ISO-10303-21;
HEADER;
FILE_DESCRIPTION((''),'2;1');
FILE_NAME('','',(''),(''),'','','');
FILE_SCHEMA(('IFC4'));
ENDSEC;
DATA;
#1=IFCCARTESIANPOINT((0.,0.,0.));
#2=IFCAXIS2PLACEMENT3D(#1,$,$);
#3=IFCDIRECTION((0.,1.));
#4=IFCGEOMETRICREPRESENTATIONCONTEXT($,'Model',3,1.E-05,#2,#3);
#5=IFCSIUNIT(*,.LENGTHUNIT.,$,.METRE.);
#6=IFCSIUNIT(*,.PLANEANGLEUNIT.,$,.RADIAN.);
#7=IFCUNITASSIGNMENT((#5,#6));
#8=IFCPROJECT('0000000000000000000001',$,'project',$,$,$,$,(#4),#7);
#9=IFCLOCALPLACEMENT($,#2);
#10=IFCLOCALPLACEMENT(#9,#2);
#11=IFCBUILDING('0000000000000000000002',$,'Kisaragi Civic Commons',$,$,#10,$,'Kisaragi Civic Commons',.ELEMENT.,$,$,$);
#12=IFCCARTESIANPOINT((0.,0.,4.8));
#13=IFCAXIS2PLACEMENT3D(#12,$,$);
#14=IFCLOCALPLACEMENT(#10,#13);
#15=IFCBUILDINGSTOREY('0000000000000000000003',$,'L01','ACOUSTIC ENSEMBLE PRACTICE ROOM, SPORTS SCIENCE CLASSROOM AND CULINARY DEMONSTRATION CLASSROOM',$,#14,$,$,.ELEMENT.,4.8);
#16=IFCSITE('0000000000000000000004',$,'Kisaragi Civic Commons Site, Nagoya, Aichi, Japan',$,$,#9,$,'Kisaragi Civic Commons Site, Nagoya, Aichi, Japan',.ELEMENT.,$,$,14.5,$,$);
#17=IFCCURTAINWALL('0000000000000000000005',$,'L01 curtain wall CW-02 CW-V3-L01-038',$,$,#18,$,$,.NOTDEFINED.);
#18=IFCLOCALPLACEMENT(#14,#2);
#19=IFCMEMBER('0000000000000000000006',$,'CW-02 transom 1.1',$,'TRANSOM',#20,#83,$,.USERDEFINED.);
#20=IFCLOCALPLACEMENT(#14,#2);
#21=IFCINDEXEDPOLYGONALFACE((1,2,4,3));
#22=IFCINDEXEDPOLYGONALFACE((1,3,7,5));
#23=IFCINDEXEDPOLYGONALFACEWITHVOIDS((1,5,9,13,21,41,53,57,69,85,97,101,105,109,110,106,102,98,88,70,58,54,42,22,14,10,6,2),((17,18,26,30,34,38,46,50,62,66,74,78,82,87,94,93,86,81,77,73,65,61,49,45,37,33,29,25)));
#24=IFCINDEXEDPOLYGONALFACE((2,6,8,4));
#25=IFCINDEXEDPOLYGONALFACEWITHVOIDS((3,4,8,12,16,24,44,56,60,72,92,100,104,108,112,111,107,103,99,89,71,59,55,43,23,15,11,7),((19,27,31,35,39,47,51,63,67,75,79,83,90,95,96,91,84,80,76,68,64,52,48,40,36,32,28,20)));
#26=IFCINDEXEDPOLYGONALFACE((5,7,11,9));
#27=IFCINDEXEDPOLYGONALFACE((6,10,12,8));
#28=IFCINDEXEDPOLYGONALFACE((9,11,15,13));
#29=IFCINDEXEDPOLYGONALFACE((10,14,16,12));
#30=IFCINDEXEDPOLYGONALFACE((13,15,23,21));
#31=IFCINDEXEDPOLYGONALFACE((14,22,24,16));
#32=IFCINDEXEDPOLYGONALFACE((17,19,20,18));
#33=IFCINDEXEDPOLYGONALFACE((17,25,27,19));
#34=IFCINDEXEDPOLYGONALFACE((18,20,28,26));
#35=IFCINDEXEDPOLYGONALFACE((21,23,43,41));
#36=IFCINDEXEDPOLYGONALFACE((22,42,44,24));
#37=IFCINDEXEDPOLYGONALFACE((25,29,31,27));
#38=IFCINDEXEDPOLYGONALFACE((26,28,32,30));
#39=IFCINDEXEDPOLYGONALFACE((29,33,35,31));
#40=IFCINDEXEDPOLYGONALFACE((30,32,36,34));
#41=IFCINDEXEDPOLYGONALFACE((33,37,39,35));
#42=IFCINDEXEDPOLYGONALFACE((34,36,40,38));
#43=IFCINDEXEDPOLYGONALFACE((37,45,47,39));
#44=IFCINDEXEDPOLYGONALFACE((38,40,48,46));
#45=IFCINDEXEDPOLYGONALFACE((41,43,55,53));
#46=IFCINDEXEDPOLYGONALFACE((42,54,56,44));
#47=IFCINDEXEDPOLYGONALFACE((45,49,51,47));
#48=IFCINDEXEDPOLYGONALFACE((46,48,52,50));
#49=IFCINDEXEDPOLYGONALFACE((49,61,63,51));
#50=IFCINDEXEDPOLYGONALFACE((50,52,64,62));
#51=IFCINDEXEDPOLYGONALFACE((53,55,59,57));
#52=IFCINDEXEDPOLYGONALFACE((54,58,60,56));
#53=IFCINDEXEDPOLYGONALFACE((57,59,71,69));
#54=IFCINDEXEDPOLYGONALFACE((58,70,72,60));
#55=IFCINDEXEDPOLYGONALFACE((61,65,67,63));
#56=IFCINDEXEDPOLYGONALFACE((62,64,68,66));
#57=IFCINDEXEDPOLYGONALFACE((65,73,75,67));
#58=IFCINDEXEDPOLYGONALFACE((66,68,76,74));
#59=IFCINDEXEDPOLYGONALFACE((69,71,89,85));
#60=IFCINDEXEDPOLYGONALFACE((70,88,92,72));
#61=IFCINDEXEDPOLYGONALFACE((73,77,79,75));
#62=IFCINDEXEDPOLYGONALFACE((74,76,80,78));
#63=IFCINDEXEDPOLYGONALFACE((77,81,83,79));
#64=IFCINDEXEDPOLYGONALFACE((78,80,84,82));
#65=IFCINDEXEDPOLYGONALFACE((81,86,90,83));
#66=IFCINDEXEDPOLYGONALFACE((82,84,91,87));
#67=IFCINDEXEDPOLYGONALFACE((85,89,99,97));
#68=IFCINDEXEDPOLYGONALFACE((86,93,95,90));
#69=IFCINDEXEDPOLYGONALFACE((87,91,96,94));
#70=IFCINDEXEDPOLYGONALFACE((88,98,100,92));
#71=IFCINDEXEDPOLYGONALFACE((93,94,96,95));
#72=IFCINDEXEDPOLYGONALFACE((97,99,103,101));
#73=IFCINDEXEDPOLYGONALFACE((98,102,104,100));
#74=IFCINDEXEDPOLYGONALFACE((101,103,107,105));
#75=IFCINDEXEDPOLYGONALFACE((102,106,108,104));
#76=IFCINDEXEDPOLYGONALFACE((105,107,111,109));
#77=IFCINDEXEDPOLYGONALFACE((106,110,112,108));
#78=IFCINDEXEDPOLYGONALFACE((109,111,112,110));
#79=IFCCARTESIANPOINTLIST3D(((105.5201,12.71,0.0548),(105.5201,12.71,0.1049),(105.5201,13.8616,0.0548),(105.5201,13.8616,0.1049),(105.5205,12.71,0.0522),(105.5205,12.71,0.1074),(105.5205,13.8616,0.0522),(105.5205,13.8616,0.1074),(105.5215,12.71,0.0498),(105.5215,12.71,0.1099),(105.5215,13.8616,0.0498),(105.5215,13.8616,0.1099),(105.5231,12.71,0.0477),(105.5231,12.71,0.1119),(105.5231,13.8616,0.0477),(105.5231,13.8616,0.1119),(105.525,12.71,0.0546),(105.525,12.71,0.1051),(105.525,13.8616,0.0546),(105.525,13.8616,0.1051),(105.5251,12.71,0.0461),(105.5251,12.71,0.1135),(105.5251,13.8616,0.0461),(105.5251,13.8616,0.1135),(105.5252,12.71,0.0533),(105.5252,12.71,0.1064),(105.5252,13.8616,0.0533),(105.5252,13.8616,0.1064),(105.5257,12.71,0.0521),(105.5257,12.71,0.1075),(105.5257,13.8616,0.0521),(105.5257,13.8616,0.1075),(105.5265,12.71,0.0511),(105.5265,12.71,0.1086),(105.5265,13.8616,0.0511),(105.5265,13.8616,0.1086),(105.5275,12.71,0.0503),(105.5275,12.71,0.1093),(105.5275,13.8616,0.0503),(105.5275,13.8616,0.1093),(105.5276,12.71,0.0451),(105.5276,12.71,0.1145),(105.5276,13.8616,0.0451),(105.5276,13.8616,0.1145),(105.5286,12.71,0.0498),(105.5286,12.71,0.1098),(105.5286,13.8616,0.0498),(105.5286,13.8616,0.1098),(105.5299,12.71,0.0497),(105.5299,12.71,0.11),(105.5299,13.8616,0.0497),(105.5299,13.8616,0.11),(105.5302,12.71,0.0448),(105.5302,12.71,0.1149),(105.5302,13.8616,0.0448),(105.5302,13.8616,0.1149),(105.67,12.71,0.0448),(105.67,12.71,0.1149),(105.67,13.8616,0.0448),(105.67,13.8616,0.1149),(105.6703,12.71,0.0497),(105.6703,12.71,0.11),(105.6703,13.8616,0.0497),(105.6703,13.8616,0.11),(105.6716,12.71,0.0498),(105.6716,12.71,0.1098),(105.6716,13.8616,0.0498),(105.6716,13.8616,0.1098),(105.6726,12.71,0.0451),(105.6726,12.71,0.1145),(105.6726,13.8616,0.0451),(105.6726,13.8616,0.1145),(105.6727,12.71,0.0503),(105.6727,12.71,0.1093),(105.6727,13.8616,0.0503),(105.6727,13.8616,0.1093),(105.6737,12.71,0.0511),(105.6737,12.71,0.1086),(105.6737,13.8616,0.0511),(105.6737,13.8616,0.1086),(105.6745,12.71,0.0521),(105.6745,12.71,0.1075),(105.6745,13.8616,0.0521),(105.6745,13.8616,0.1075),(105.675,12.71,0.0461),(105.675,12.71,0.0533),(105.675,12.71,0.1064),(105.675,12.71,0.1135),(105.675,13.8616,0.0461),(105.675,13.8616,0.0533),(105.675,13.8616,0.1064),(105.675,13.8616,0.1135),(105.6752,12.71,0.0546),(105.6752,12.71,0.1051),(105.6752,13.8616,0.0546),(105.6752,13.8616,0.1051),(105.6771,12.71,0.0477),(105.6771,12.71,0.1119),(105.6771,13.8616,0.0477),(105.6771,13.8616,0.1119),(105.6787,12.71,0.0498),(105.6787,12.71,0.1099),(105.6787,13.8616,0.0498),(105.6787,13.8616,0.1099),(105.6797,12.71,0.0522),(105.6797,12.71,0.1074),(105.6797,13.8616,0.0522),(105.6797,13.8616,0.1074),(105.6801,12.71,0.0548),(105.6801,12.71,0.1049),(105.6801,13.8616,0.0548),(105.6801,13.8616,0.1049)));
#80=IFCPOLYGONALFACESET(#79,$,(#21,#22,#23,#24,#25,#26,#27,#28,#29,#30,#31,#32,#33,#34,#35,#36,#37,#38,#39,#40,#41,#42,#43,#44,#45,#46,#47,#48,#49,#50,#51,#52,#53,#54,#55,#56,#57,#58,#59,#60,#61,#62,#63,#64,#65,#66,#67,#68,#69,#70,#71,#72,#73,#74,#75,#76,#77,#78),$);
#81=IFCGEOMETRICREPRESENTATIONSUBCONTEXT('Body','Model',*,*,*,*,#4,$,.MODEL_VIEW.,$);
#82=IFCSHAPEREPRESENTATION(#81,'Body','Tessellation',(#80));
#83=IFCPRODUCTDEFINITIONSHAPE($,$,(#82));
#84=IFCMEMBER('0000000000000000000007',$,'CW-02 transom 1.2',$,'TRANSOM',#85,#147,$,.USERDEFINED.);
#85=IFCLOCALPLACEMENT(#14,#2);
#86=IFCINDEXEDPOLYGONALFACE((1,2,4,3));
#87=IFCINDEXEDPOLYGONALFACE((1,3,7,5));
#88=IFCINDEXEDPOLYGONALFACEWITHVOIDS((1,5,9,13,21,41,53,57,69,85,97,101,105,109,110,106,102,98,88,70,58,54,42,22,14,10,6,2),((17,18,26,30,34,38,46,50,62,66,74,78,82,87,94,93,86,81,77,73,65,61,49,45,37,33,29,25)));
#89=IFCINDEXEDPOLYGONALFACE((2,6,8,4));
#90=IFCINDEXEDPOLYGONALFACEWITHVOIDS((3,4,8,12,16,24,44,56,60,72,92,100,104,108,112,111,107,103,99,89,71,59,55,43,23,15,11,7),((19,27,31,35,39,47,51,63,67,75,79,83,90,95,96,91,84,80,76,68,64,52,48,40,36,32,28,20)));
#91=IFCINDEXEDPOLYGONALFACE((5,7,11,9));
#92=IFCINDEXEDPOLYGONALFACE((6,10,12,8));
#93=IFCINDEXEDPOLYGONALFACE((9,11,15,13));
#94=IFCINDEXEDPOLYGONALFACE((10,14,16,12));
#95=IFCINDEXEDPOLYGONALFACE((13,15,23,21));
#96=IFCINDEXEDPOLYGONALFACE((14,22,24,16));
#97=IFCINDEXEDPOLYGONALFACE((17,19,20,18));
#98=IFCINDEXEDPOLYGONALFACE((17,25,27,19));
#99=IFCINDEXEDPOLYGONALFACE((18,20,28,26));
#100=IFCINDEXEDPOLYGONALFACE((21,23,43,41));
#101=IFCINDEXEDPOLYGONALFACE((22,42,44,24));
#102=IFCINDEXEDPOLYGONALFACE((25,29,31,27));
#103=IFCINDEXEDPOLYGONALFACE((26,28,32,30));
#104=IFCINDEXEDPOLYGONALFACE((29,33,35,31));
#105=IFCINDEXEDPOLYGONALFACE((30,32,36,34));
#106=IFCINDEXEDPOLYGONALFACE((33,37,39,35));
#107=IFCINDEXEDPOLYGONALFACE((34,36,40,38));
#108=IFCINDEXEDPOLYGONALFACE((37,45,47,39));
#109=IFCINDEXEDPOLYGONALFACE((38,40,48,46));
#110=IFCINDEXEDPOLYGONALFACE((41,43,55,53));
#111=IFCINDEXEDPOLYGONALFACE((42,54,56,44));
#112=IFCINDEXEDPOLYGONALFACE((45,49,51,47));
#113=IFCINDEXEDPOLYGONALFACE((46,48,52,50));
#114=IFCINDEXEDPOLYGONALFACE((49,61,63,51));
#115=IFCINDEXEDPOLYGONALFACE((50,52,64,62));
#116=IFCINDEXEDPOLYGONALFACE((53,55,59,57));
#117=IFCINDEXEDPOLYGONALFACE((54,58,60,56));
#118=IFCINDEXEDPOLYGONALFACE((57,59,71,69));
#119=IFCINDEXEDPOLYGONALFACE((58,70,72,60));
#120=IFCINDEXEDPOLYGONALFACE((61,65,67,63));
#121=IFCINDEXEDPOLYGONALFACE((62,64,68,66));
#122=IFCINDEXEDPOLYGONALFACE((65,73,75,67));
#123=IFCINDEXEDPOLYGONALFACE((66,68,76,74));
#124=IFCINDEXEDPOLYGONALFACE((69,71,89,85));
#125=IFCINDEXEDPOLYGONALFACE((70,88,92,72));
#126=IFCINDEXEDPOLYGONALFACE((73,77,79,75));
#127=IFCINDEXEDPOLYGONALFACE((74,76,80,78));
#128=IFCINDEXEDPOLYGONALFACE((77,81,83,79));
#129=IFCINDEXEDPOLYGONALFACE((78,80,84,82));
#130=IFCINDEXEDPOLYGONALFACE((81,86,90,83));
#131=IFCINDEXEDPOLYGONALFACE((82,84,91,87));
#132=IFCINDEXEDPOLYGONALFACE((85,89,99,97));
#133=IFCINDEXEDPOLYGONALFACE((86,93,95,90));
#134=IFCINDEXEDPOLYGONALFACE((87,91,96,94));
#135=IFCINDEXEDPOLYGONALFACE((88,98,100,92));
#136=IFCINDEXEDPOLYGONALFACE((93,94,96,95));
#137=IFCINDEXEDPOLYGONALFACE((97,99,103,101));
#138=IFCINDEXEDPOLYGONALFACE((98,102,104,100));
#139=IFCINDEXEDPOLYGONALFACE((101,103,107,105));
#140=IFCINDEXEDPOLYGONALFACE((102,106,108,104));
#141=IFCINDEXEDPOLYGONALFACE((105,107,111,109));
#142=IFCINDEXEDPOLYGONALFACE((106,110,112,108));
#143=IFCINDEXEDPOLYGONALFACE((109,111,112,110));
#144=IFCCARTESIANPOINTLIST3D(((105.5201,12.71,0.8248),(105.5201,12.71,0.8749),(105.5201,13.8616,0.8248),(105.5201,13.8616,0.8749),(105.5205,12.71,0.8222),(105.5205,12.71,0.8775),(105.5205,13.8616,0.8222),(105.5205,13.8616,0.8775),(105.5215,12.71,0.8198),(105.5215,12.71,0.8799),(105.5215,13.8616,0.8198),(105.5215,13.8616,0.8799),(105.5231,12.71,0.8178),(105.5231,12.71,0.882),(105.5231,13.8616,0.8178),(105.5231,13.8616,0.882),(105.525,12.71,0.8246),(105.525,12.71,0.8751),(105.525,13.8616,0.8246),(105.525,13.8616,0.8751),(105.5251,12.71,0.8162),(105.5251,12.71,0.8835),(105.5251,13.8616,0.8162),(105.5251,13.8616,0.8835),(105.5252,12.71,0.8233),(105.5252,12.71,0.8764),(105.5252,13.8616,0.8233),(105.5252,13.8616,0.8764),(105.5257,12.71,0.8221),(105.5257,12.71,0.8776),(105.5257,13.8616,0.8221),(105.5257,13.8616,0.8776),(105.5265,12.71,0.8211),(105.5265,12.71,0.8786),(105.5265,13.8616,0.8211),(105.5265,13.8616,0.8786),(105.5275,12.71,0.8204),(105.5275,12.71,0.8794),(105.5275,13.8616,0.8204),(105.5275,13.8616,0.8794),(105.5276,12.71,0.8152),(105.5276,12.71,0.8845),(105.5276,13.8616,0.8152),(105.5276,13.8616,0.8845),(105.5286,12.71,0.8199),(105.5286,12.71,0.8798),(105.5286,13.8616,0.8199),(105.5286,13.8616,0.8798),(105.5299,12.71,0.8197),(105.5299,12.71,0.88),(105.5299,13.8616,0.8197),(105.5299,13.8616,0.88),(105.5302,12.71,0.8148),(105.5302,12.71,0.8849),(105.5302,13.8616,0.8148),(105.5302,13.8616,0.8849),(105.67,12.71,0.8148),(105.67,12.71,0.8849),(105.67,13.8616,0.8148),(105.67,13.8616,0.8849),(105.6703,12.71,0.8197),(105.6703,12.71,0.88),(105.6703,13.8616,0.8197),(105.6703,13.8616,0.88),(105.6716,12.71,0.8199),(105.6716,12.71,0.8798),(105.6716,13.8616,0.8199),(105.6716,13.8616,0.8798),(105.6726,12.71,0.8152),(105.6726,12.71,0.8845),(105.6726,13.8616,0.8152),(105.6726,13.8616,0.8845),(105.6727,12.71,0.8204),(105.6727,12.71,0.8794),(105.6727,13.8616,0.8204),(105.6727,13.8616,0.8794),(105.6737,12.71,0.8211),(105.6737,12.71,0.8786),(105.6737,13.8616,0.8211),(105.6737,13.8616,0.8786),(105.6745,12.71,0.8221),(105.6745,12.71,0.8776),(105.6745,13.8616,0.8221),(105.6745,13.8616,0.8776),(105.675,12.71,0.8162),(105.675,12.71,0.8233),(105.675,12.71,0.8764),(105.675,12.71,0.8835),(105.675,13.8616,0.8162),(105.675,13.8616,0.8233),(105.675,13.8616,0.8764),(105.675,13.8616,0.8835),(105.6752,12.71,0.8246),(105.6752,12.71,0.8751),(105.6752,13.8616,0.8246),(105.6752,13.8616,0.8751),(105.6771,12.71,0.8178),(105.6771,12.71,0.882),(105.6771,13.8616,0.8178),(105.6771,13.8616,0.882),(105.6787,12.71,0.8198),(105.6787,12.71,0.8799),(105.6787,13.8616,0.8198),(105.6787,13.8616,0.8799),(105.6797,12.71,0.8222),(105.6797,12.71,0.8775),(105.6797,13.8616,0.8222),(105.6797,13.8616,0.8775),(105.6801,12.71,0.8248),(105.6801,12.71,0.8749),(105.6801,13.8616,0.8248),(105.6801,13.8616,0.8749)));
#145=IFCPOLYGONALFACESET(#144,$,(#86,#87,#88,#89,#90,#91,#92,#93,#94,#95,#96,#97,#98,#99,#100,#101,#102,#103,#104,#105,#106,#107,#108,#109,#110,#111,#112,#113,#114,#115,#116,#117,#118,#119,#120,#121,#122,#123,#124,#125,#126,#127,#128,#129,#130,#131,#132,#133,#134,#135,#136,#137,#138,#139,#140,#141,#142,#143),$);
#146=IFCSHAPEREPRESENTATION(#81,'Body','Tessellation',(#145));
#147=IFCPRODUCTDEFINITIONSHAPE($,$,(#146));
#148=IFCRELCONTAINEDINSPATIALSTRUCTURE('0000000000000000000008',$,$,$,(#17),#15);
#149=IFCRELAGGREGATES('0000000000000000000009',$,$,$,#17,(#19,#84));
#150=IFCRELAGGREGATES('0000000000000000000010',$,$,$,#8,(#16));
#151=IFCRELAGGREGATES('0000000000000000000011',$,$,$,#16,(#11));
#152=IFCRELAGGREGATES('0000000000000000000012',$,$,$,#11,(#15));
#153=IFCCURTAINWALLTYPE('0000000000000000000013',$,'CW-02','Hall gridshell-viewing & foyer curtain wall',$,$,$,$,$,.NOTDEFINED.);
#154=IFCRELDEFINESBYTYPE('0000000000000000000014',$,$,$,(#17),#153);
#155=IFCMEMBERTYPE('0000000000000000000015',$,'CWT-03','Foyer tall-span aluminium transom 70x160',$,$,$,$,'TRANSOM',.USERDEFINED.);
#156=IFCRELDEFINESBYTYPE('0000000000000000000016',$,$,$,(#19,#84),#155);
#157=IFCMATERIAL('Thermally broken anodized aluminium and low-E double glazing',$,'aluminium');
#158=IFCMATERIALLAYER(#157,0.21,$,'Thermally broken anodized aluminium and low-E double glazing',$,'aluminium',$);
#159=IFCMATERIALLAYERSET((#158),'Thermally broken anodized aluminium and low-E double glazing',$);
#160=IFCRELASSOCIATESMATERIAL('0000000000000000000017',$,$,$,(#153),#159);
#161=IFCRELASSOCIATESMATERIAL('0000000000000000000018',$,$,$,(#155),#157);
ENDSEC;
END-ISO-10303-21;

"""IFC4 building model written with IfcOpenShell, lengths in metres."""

from ifc_helpers import new_model, si_unit, direction, frame, origin, origin_2d, place, context, subcontext, project, spatial, hollow_rectangle, extrude, material, layer, layer_set, material_profile, profile_set, type_object, element, aggregate, save


model = new_model("IFC4")

# Units and contexts
model_context = context("Model", 3, precision=1e-05, world=origin(), true_north=direction((0.0, 1.0)))
body_context = subcontext(model_context, "Body", "Model", "MODEL_VIEW")
ifc_project = project(units=[si_unit("LENGTHUNIT", "METRE"), si_unit("PLANEANGLEUNIT", "RADIAN")], contexts=[model_context])

# Site, building, storey
site_placement = place(None, origin())
site = spatial("IfcSite", under=ifc_project, at=site_placement, Name="Kisaragi Civic Commons Site, Nagoya, Aichi, Japan", LongName="Kisaragi Civic Commons Site, Nagoya, Aichi, Japan", CompositionType="ELEMENT", RefElevation=14.5)
building_placement = place(site_placement, origin())
building = spatial("IfcBuilding", under=site, at=building_placement, Name="Kisaragi Civic Commons", LongName="Kisaragi Civic Commons", CompositionType="ELEMENT")
storey_placement = place(building_placement, frame((0.0, 0.0, 4.8)))
storey = spatial("IfcBuildingStorey", under=building, at=storey_placement, Name="L01", Description="ACOUSTIC ENSEMBLE PRACTICE ROOM, SPORTS SCIENCE CLASSROOM AND CULINARY DEMONSTRATION CLASSROOM", CompositionType="ELEMENT", Elevation=4.8)

# Shared definitions
ifc_material_1 = material(Name="Thermally broken anodized aluminium and low-E double glazing", Category="aluminium")
ifc_layer_1 = layer(ifc_material_1, 0.21, Name="Thermally broken anodized aluminium and low-E double glazing", Category="aluminium")
ifc_layer_set_1 = layer_set([ifc_layer_1], Name="Thermally broken anodized aluminium and low-E double glazing")
curtain_wall_type = type_object("IfcCurtainWallType", Name="CW-02", Description="Hall gridshell-viewing & foyer curtain wall", PredefinedType="NOTDEFINED", material=ifc_layer_set_1)

# Curtain wall, members
curtain_wall_1_placement = place(storey_placement, origin())
curtain_wall_1 = element("IfcCurtainWall", 1, at=curtain_wall_1_placement, inside=storey, type_object=curtain_wall_type, Name="L01 curtain wall CW-02 CW-V3-L01-038", PredefinedType="NOTDEFINED")
ifc_material_profile_1 = material_profile(ifc_material_1, hollow_rectangle(XDim=0.1599, YDim=0.0701, WallThickness=0.0049, InnerFilletRadius=0.0049, OuterFilletRadius=0.01, at=origin_2d()), Name="CWT-70x160x5", Category="aluminium")
ifc_profile_set_1 = profile_set([ifc_material_profile_1], Name="Thermally broken anodized aluminium and low-E double glazing")
member_type_1 = type_object("IfcMemberType", Name="CWT-03", Description="Foyer tall-span aluminium transom 70x160", ElementType="TRANSOM", PredefinedType="USERDEFINED", material=ifc_profile_set_1)
member_1_placement = place(storey_placement, frame((105.6001, 12.71, 0.0798), z_axis=(0.0, 1.0, 0.0), x_axis=(-1.0, 0.0, 0.0)))
member_1 = element("IfcMember", 2, at=member_1_placement, type_object=member_type_1, Name="CW-02 transom 1.1", ObjectType="TRANSOM", PredefinedType="USERDEFINED", context=body_context, shape_type="SweptSolid", body=[
    extrude(hollow_rectangle(XDim=0.1599, YDim=0.0701, WallThickness=0.0049, InnerFilletRadius=0.0049, OuterFilletRadius=0.01, at=origin_2d()), origin(), (0.0, 0.0, 1.0), 1.1516),
])
member_2_placement = place(storey_placement, frame((105.6001, 12.71, 0.8499), z_axis=(0.0, 1.0, 0.0), x_axis=(-1.0, 0.0, 0.0)))
member_2 = element("IfcMember", 3, at=member_2_placement, type_object=member_type_1, Name="CW-02 transom 1.2", ObjectType="TRANSOM", PredefinedType="USERDEFINED", context=body_context, shape_type="SweptSolid", body=[
    extrude(hollow_rectangle(XDim=0.1599, YDim=0.0701, WallThickness=0.0049, InnerFilletRadius=0.0049, OuterFilletRadius=0.01, at=origin_2d()), origin(), (0.0, 0.0, 1.0), 1.1516),
])

aggregate(curtain_wall_1, [member_1, member_2])

save(model, "model.ifc")
